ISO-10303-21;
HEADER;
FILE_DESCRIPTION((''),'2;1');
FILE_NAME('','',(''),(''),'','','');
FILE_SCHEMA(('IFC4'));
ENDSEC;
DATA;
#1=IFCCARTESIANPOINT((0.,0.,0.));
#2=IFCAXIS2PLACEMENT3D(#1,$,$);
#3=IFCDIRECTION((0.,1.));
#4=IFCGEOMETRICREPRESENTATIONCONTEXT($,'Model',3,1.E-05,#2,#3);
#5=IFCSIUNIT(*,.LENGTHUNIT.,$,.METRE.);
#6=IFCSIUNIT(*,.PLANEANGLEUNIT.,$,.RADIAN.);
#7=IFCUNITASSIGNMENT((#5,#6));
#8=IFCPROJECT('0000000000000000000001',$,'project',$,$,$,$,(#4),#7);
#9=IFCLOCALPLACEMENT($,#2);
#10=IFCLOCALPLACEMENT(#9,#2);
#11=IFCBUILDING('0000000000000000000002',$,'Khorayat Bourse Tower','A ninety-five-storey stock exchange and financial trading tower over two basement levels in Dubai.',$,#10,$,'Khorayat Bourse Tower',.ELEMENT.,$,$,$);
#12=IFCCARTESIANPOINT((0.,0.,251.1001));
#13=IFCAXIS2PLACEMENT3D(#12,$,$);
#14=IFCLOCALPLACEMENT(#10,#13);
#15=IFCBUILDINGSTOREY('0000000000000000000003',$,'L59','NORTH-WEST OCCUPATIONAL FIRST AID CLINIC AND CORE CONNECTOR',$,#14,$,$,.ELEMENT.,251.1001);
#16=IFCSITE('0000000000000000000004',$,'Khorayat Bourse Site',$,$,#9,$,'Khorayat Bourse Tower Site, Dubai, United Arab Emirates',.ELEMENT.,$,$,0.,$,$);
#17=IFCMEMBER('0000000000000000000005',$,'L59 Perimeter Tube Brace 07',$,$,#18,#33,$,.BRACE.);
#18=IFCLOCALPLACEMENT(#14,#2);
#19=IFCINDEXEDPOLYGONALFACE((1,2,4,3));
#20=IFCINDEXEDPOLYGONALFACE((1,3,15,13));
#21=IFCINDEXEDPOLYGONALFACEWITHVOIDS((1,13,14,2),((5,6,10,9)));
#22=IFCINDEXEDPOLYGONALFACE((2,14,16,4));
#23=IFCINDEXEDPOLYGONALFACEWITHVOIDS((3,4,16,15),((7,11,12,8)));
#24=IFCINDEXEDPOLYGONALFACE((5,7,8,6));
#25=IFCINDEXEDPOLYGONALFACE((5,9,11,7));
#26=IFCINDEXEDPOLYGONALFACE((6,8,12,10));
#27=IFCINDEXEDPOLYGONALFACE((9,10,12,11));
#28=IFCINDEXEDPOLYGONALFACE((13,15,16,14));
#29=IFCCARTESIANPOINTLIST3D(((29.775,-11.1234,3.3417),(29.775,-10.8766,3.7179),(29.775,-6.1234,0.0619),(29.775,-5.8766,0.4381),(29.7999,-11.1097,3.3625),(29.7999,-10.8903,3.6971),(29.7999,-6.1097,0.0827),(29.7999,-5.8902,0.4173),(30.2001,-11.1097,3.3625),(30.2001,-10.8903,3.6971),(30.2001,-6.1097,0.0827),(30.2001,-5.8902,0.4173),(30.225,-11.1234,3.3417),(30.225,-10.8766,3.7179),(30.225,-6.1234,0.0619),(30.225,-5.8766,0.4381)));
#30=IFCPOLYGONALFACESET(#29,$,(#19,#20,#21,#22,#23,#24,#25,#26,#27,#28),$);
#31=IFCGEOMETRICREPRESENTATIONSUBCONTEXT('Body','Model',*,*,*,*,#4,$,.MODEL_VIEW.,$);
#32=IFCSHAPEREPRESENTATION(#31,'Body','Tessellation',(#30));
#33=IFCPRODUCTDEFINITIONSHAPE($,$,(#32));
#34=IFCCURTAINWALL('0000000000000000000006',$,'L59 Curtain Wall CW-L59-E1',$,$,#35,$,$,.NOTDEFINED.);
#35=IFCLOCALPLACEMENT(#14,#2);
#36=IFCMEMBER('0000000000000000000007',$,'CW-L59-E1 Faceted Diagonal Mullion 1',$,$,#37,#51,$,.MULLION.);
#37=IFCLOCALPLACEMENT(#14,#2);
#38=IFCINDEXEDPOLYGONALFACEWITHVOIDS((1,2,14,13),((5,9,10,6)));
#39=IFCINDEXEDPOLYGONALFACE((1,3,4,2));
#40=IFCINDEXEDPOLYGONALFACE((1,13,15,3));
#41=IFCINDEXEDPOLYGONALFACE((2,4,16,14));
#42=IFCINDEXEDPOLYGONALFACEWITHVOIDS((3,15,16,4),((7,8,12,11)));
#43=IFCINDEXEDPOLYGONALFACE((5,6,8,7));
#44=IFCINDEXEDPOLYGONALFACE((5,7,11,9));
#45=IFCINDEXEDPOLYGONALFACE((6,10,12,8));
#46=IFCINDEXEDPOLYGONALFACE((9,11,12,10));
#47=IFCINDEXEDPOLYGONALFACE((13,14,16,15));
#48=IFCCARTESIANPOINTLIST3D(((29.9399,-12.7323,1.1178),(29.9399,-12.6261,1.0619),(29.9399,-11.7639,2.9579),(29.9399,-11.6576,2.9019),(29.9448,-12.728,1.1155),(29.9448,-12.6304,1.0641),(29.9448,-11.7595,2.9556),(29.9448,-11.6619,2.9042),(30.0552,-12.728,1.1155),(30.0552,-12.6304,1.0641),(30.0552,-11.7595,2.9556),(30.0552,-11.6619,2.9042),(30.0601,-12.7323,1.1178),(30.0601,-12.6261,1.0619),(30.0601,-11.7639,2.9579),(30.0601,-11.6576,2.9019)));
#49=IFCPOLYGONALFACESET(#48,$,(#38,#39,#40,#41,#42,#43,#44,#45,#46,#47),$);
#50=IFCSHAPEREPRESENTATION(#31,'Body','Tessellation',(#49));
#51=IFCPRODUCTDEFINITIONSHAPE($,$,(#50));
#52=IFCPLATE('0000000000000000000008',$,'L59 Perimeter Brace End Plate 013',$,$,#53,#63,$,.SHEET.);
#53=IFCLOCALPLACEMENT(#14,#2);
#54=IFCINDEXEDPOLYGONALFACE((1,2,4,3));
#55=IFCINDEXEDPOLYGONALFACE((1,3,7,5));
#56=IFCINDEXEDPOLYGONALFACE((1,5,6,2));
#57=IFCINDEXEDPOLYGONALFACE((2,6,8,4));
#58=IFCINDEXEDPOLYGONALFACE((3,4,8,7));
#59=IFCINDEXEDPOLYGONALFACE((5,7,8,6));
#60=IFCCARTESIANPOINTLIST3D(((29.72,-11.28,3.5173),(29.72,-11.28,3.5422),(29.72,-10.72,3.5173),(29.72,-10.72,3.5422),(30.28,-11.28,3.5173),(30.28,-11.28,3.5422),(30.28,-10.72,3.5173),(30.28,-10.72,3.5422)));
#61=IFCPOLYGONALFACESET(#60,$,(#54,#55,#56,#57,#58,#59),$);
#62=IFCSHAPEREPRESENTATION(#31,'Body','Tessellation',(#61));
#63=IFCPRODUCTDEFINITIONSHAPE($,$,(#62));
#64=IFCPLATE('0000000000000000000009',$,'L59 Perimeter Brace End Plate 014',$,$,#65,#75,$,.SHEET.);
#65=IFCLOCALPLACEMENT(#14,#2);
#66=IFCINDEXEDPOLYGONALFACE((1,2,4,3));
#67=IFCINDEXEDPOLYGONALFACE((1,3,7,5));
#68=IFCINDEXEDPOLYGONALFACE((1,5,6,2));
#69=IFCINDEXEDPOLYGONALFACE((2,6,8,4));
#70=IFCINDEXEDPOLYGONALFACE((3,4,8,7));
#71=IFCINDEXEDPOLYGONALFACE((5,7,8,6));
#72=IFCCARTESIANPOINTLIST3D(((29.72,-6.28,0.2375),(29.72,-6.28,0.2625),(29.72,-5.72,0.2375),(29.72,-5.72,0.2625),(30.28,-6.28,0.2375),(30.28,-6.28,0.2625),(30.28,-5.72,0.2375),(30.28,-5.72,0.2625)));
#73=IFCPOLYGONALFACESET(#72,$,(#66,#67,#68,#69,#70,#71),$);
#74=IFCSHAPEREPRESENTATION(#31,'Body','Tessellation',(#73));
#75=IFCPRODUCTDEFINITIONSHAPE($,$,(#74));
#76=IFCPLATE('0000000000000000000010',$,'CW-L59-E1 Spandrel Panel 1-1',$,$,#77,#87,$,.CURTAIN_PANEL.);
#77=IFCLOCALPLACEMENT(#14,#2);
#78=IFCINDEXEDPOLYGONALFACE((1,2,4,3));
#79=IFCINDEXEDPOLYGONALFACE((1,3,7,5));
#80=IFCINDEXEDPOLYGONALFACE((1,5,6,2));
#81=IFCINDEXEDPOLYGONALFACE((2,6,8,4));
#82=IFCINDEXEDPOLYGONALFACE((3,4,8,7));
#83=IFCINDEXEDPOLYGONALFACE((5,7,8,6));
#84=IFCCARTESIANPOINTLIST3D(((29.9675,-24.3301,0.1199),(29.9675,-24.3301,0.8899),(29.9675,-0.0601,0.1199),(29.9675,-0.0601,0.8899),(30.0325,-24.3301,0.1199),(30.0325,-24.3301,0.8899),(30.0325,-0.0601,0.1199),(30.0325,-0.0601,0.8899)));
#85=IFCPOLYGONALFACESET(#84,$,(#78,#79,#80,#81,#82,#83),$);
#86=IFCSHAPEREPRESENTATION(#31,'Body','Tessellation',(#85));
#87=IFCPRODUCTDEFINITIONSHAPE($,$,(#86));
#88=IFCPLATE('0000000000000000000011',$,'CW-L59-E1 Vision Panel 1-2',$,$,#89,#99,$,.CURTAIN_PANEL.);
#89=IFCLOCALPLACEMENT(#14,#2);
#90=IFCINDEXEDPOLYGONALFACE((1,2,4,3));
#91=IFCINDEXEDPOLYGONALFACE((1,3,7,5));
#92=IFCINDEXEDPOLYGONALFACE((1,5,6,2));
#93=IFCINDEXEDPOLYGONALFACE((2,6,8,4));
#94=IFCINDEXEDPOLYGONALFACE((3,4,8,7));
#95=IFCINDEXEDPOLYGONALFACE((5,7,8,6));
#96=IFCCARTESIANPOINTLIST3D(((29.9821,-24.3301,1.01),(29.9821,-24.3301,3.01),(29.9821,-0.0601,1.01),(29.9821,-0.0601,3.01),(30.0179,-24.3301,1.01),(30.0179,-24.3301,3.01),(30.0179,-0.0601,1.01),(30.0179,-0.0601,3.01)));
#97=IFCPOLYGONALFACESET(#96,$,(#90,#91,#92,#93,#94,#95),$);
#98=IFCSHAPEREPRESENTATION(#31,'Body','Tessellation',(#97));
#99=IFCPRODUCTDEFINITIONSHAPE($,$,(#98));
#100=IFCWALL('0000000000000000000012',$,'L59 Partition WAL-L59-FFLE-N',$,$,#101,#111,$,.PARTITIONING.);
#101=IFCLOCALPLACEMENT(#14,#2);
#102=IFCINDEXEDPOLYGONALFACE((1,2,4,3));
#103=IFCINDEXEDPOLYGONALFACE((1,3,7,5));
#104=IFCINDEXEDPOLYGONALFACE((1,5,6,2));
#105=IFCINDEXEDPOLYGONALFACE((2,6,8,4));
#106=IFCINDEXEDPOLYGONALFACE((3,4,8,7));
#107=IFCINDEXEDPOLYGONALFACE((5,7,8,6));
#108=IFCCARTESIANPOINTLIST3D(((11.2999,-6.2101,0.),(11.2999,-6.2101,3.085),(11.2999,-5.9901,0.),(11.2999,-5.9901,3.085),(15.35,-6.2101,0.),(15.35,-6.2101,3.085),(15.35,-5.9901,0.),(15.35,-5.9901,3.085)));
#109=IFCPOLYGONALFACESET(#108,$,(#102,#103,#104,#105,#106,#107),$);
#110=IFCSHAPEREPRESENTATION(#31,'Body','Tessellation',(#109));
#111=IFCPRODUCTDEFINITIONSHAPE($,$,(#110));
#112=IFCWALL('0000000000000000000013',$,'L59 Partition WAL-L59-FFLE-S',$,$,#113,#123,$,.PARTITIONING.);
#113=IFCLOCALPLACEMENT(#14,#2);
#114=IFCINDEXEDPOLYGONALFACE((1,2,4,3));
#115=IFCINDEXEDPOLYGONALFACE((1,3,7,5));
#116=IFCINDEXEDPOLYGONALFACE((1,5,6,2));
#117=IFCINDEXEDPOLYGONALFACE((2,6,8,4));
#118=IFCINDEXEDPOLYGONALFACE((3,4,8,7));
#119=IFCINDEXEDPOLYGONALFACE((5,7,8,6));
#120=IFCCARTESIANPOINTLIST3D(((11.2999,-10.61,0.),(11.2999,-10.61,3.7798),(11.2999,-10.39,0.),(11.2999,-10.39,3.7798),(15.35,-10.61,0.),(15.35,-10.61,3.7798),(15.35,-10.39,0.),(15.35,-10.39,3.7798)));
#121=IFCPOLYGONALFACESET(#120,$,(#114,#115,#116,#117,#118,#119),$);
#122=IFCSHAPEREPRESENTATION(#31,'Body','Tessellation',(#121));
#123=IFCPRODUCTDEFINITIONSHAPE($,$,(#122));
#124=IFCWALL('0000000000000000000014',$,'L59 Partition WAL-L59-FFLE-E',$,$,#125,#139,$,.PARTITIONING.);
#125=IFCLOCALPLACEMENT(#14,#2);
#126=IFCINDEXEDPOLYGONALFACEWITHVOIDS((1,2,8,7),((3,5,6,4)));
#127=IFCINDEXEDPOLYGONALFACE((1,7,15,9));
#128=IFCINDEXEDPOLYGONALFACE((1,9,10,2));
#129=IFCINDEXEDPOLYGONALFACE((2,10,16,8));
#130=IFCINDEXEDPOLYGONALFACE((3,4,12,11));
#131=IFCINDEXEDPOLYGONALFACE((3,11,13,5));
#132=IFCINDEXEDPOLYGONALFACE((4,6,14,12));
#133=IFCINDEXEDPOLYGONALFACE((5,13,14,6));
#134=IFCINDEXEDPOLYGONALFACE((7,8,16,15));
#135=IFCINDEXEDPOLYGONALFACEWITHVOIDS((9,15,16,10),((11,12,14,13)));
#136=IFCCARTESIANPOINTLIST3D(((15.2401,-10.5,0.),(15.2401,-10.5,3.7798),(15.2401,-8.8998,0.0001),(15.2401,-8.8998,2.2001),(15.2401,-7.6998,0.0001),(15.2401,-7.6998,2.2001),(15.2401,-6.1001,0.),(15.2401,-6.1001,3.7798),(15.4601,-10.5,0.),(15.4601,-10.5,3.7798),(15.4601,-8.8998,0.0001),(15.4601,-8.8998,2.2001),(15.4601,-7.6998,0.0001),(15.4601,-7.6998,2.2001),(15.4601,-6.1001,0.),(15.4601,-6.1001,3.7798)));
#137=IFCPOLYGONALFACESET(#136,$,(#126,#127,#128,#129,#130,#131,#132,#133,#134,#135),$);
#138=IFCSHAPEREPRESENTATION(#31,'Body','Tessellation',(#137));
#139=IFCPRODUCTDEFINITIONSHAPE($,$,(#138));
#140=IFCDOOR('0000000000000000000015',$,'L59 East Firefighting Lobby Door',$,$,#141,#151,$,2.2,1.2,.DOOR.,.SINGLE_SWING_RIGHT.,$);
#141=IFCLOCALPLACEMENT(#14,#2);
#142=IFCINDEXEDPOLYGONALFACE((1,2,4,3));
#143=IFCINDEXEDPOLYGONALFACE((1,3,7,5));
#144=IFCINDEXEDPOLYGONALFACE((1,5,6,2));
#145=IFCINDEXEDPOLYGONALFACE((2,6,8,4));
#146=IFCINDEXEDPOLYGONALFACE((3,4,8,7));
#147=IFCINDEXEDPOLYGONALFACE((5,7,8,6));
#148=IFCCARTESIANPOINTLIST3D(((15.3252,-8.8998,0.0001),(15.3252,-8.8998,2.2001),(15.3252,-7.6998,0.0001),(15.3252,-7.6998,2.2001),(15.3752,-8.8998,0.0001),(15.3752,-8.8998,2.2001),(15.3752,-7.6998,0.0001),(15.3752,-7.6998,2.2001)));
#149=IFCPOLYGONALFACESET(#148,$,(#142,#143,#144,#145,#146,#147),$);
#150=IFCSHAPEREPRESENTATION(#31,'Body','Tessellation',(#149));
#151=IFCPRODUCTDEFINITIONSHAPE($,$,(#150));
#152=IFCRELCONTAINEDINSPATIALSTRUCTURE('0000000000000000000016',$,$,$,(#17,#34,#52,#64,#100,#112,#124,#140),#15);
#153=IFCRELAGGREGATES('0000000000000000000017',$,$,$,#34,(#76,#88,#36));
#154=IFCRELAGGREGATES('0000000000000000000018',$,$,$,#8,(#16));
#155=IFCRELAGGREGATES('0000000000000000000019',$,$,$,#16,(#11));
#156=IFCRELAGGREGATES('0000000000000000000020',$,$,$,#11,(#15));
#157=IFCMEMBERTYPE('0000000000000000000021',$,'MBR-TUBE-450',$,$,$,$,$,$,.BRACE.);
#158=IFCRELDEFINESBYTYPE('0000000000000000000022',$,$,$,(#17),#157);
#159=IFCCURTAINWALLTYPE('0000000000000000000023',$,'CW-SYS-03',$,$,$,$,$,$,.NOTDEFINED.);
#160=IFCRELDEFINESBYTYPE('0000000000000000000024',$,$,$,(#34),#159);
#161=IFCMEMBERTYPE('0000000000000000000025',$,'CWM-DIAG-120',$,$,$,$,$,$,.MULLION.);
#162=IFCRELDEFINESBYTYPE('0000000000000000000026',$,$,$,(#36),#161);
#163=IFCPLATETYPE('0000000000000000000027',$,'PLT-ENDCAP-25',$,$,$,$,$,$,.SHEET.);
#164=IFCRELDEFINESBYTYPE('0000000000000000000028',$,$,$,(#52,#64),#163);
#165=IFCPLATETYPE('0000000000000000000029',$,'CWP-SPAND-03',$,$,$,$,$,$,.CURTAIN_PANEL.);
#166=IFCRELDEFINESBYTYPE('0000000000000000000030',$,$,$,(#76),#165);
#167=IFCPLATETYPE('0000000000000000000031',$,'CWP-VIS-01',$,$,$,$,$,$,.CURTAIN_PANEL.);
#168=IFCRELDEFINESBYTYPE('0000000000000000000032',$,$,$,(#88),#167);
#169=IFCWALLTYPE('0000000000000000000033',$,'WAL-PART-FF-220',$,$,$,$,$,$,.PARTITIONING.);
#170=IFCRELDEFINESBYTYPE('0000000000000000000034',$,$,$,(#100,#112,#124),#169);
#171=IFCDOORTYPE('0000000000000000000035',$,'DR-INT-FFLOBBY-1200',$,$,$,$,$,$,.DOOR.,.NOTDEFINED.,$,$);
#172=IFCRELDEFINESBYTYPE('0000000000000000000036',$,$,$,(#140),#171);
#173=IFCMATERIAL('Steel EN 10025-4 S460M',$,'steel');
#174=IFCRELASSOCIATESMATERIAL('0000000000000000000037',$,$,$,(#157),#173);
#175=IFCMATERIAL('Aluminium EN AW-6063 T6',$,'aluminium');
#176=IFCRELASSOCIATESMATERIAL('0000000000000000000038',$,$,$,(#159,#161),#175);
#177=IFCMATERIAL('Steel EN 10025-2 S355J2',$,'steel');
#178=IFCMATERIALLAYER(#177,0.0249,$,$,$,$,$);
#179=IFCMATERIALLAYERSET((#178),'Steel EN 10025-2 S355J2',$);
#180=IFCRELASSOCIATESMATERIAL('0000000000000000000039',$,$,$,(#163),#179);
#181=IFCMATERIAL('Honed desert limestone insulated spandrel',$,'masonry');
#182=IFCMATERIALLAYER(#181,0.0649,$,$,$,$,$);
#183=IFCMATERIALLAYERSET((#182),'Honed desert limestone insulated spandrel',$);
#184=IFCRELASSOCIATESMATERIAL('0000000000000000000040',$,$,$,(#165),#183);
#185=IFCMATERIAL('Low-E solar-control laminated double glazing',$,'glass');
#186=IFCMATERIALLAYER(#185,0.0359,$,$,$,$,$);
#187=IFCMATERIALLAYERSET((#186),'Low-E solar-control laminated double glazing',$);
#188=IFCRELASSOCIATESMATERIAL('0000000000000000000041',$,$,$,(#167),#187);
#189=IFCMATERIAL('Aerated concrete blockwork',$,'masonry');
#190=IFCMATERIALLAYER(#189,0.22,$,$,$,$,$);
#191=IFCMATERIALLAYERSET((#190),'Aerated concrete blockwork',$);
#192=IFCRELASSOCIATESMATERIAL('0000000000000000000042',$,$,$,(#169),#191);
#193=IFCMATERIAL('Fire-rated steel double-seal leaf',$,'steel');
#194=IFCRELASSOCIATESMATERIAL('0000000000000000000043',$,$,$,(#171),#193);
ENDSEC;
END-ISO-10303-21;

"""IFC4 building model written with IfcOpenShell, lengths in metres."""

from ifc_helpers import new_model, si_unit, direction, frame, frame_2d, origin, origin_2d, place, context, subcontext, project, spatial, rectangle, hollow_rectangle, extrude, source, transform, mapped, material, layer, layer_set, material_profile, profile_set, type_object, element, fill, aggregate, save


model = new_model("IFC4")

# Units and contexts
model_context = context("Model", 3, precision=1e-05, world=origin(), true_north=direction((0.0, 1.0)))
body_context = subcontext(model_context, "Body", "Model", "MODEL_VIEW")
ifc_project = project(units=[si_unit("LENGTHUNIT", "METRE"), si_unit("PLANEANGLEUNIT", "RADIAN")], contexts=[model_context])

# Site, building, storey
site_placement = place(None, origin())
site = spatial("IfcSite", under=ifc_project, at=site_placement, Name="Khorayat Bourse Site", LongName="Khorayat Bourse Tower Site, Dubai, United Arab Emirates", CompositionType="ELEMENT", RefElevation=0.0)
building_placement = place(site_placement, origin())
building = spatial("IfcBuilding", under=site, at=building_placement, Name="Khorayat Bourse Tower", Description="A ninety-five-storey stock exchange and financial trading tower over two basement levels in Dubai.", LongName="Khorayat Bourse Tower", CompositionType="ELEMENT")
storey_placement = place(building_placement, frame((0.0, 0.0, 251.1001)))
storey = spatial("IfcBuildingStorey", under=building, at=storey_placement, Name="L59", Description="NORTH-WEST OCCUPATIONAL FIRST AID CLINIC AND CORE CONNECTOR", CompositionType="ELEMENT", Elevation=251.1001)

# Shared definitions
ifc_material_1 = material(Name="Steel EN 10025-4 S460M", Category="steel")

# Member
ifc_material_profile_1 = material_profile(ifc_material_1, hollow_rectangle(XDim=0.45, YDim=0.45, WallThickness=0.0249, at=origin_2d()), Name="HSS 450x450x25")
ifc_profile_set_1 = profile_set([ifc_material_profile_1], Name="Steel EN 10025-4 S460M")
member_type_1 = type_object("IfcMemberType", Name="MBR-TUBE-450", PredefinedType="BRACE", material=ifc_profile_set_1)
shared_shape_1 = source(origin(), body_context, "Body", "SweptSolid", [
    extrude(hollow_rectangle(XDim=0.45, YDim=0.45, WallThickness=0.0249, at=origin_2d()), origin(), (0.0, 0.0, 1.0), 5.9797),
])
member_1_placement = place(storey_placement, frame((30.0, -11.0, 3.5298), z_axis=(0.0, 0.83616, -0.548485), x_axis=(-1.0, 0.0, 0.0)))
element("IfcMember", 1, at=member_1_placement, inside=storey, type_object=member_type_1, Name="L59 Perimeter Tube Brace 07", PredefinedType="BRACE", context=body_context, shape_type="MappedRepresentation", body=[
    mapped(shared_shape_1, transform((0.0, 0.0, 0.0), scale=1.0)),
])

# Curtain wall, member
ifc_material_2 = material(Name="Aluminium EN AW-6063 T6", Category="aluminium")
curtain_wall_type = type_object("IfcCurtainWallType", Name="CW-SYS-03", PredefinedType="NOTDEFINED", material=ifc_material_2)
curtain_wall_placement = place(storey_placement, origin())
curtain_wall = element("IfcCurtainWall", 2, at=curtain_wall_placement, inside=storey, type_object=curtain_wall_type, Name="L59 Curtain Wall CW-L59-E1", PredefinedType="NOTDEFINED")
ifc_material_profile_2 = material_profile(ifc_material_2, hollow_rectangle(XDim=0.1201, YDim=0.1201, WallThickness=0.0049, at=origin_2d()), Name="ALU 120x120x5")
ifc_profile_set_2 = profile_set([ifc_material_profile_2], Name="Aluminium EN AW-6063 T6")
member_type_2 = type_object("IfcMemberType", Name="CWM-DIAG-120", PredefinedType="MULLION", material=ifc_profile_set_2)
shared_shape_2 = source(origin(), body_context, "Body", "SweptSolid", [
    extrude(hollow_rectangle(XDim=0.1201, YDim=0.1201, WallThickness=0.0049, at=origin_2d()), origin(), (0.0, 0.0, 1.0), 2.0793),
])
member_2_placement = place(storey_placement, frame((30.0, -12.6792, 1.0898), z_axis=(0.0, 0.465761, 0.884911), x_axis=(-1.0, 0.0, 0.0)))
member_2 = element("IfcMember", 3, at=member_2_placement, type_object=member_type_2, Name="CW-L59-E1 Faceted Diagonal Mullion 1", PredefinedType="MULLION", context=body_context, shape_type="MappedRepresentation", body=[
    mapped(shared_shape_2, transform((0.0, 0.0, 0.0), scale=1.0)),
])

# Plates
ifc_material_3 = material(Name="Steel EN 10025-2 S355J2", Category="steel")
ifc_layer_1 = layer(ifc_material_3, 0.0249)
ifc_layer_set_1 = layer_set([ifc_layer_1], Name="Steel EN 10025-2 S355J2")
plate_type_1 = type_object("IfcPlateType", Name="PLT-ENDCAP-25", PredefinedType="SHEET", material=ifc_layer_set_1)
shared_shape_3 = source(origin(), body_context, "Body", "SweptSolid", [
    extrude(rectangle(XDim=0.5601, YDim=0.5601, at=origin_2d()), origin(), (0.0, 0.0, 1.0), 0.0249),
])
for number, where, z_axis, x_axis, name in (
    (4, (30.0, -11.0, 3.5173), (0.0, 0.0, 1.0), (1.0, 0.0, 0.0), "L59 Perimeter Brace End Plate 013"),
    (5, (30.0, -6.0, 0.2375), (0.0, 0.0, 1.0), (1.0, 0.0, 0.0), "L59 Perimeter Brace End Plate 014"),
):
    element("IfcPlate", number, at=place(storey_placement, frame(where, z_axis=z_axis, x_axis=x_axis)), inside=storey, type_object=plate_type_1, Name=name, PredefinedType="SHEET", context=body_context, shape_type="MappedRepresentation", body=[
        mapped(shared_shape_3, transform((0.0, 0.0, 0.0), scale=1.0)),
    ])

# Plates
ifc_material_4 = material(Name="Honed desert limestone insulated spandrel", Category="masonry")
ifc_layer_2 = layer(ifc_material_4, 0.0649)
ifc_layer_set_2 = layer_set([ifc_layer_2], Name="Honed desert limestone insulated spandrel")
plate_type_2 = type_object("IfcPlateType", Name="CWP-SPAND-03", PredefinedType="CURTAIN_PANEL", material=ifc_layer_set_2)
shared_shape_4 = source(origin(), body_context, "Body", "SweptSolid", [
    extrude(rectangle(XDim=24.27, YDim=0.0649, at=origin_2d()), origin(), (0.0, 0.0, 1.0), 0.77),
])
plate_1_placement = place(storey_placement, frame((30.0, -12.1951, 0.1199), z_axis=(0.0, 0.0, 1.0), x_axis=(0.0, 1.0, 0.0)))
plate_1 = element("IfcPlate", 6, at=plate_1_placement, type_object=plate_type_2, Name="CW-L59-E1 Spandrel Panel 1-1", PredefinedType="CURTAIN_PANEL", context=body_context, shape_type="MappedRepresentation", body=[
    mapped(shared_shape_4, transform((0.0, 0.0, 0.0), scale=1.0)),
])
ifc_material_5 = material(Name="Low-E solar-control laminated double glazing", Category="glass")
ifc_layer_3 = layer(ifc_material_5, 0.0359)
ifc_layer_set_3 = layer_set([ifc_layer_3], Name="Low-E solar-control laminated double glazing")
plate_type_3 = type_object("IfcPlateType", Name="CWP-VIS-01", PredefinedType="CURTAIN_PANEL", material=ifc_layer_set_3)
shared_shape_5 = source(origin(), body_context, "Body", "SweptSolid", [
    extrude(rectangle(XDim=24.27, YDim=0.0359, at=origin_2d()), origin(), (0.0, 0.0, 1.0), 2.0),
])
plate_2_placement = place(storey_placement, frame((30.0, -12.1951, 1.01), z_axis=(0.0, 0.0, 1.0), x_axis=(0.0, 1.0, 0.0)))
plate_2 = element("IfcPlate", 7, at=plate_2_placement, type_object=plate_type_3, Name="CW-L59-E1 Vision Panel 1-2", PredefinedType="CURTAIN_PANEL", context=body_context, shape_type="MappedRepresentation", body=[
    mapped(shared_shape_5, transform((0.0, 0.0, 0.0), scale=1.0)),
])
aggregate(curtain_wall, [plate_1, plate_2, member_2])

# Walls
ifc_material_6 = material(Name="Aerated concrete blockwork", Category="masonry")
ifc_layer_4 = layer(ifc_material_6, 0.22)
ifc_layer_set_4 = layer_set([ifc_layer_4], Name="Aerated concrete blockwork")
wall_type_1 = type_object("IfcWallType", Name="WAL-PART-FF-220", PredefinedType="PARTITIONING", material=ifc_layer_set_4)
shared_shape_6 = source(origin(), body_context, "Body", "SweptSolid", [
    extrude(rectangle(XDim=4.05, YDim=0.22, at=frame_2d((2.0249, 0.0))), origin(), (0.0, 0.0, 1.0), 3.085),
])
wall_1_placement = place(storey_placement, frame((11.3, -6.1001, 0.0), z_axis=(0.0, 0.0, 1.0), x_axis=(1.0, 0.0, 0.0)))
element("IfcWall", 8, at=wall_1_placement, inside=storey, type_object=wall_type_1, Name="L59 Partition WAL-L59-FFLE-N", PredefinedType="PARTITIONING", context=body_context, shape_type="MappedRepresentation", body=[
    mapped(shared_shape_6, transform((0.0, 0.0, 0.0), scale=1.0)),
])
shared_shape_7 = source(origin(), body_context, "Body", "SweptSolid", [
    extrude(rectangle(XDim=4.05, YDim=0.22, at=frame_2d((2.0249, 0.0))), origin(), (0.0, 0.0, 1.0), 3.7798),
])
wall_2_placement = place(storey_placement, frame((11.3, -10.5, 0.0), z_axis=(0.0, 0.0, 1.0), x_axis=(1.0, 0.0, 0.0)))
element("IfcWall", 9, at=wall_2_placement, inside=storey, type_object=wall_type_1, Name="L59 Partition WAL-L59-FFLE-S", PredefinedType="PARTITIONING", context=body_context, shape_type="MappedRepresentation", body=[
    mapped(shared_shape_7, transform((0.0, 0.0, 0.0), scale=1.0)),
])

# Wall, opening, door
shared_shape_8 = source(origin(), body_context, "Body", "SweptSolid", [
    extrude(rectangle(XDim=4.3999, YDim=0.22, at=frame_2d((2.2, 0.0))), origin(), (0.0, 0.0, 1.0), 3.7798),
])
wall_3_placement = place(storey_placement, frame((15.3501, -10.5, 0.0), z_axis=(0.0, 0.0, 1.0), x_axis=(0.0, 1.0, 0.0)))
wall_3 = element("IfcWall", 10, at=wall_3_placement, inside=storey, type_object=wall_type_1, Name="L59 Partition WAL-L59-FFLE-E", PredefinedType="PARTITIONING", context=body_context, shape_type="MappedRepresentation", body=[
    mapped(shared_shape_8, transform((0.0, 0.0, 0.0), scale=1.0)),
])
shared_shape_9 = source(origin(), body_context, "Body", "SweptSolid", [
    extrude(rectangle(XDim=1.2, YDim=2.2, at=frame_2d((0.6001, 1.1001))), frame((0.0, 0.1199, 0.0), z_axis=(0.0, -1.0, 0.0), x_axis=(1.0, 0.0, 0.0)), (0.0, 0.0, 1.0), 0.24),
])
opening_1_placement = place(wall_3_placement, frame((1.6001, 0.0, 0.0)))
opening_1 = element("IfcOpeningElement", 11, at=opening_1_placement, cuts=wall_3, PredefinedType="OPENING", context=body_context, shape_type="MappedRepresentation", body=[
    mapped(shared_shape_9, transform((0.0, 0.0, 0.0), scale=1.0)),
])
ifc_material_7 = material(Name="Fire-rated steel double-seal leaf", Category="steel")
door_type_1 = type_object("IfcDoorType", Name="DR-INT-FFLOBBY-1200", OperationType="NOTDEFINED", PredefinedType="DOOR", material=ifc_material_7)
shared_shape_10 = source(origin(), body_context, "Body", "SweptSolid", [
    extrude(rectangle(XDim=1.2, YDim=2.2, at=frame_2d((0.6001, 1.1001))), frame((0.0, 0.0249, 0.0), z_axis=(0.0, -1.0, 0.0), x_axis=(1.0, 0.0, 0.0)), (0.0, 0.0, 1.0), 0.05),
])
door_1_placement = place(opening_1_placement, origin())
door_1 = element("IfcDoor", 12, at=door_1_placement, inside=storey, type_object=door_type_1, Name="L59 East Firefighting Lobby Door", OperationType="SINGLE_SWING_RIGHT", OverallHeight=2.2, OverallWidth=1.2, PredefinedType="DOOR", context=body_context, shape_type="MappedRepresentation", body=[
    mapped(shared_shape_10, transform((0.0, 0.0, 0.0), scale=1.0)),
])
fill(opening_1, door_1)

save(model, "model.ifc")
